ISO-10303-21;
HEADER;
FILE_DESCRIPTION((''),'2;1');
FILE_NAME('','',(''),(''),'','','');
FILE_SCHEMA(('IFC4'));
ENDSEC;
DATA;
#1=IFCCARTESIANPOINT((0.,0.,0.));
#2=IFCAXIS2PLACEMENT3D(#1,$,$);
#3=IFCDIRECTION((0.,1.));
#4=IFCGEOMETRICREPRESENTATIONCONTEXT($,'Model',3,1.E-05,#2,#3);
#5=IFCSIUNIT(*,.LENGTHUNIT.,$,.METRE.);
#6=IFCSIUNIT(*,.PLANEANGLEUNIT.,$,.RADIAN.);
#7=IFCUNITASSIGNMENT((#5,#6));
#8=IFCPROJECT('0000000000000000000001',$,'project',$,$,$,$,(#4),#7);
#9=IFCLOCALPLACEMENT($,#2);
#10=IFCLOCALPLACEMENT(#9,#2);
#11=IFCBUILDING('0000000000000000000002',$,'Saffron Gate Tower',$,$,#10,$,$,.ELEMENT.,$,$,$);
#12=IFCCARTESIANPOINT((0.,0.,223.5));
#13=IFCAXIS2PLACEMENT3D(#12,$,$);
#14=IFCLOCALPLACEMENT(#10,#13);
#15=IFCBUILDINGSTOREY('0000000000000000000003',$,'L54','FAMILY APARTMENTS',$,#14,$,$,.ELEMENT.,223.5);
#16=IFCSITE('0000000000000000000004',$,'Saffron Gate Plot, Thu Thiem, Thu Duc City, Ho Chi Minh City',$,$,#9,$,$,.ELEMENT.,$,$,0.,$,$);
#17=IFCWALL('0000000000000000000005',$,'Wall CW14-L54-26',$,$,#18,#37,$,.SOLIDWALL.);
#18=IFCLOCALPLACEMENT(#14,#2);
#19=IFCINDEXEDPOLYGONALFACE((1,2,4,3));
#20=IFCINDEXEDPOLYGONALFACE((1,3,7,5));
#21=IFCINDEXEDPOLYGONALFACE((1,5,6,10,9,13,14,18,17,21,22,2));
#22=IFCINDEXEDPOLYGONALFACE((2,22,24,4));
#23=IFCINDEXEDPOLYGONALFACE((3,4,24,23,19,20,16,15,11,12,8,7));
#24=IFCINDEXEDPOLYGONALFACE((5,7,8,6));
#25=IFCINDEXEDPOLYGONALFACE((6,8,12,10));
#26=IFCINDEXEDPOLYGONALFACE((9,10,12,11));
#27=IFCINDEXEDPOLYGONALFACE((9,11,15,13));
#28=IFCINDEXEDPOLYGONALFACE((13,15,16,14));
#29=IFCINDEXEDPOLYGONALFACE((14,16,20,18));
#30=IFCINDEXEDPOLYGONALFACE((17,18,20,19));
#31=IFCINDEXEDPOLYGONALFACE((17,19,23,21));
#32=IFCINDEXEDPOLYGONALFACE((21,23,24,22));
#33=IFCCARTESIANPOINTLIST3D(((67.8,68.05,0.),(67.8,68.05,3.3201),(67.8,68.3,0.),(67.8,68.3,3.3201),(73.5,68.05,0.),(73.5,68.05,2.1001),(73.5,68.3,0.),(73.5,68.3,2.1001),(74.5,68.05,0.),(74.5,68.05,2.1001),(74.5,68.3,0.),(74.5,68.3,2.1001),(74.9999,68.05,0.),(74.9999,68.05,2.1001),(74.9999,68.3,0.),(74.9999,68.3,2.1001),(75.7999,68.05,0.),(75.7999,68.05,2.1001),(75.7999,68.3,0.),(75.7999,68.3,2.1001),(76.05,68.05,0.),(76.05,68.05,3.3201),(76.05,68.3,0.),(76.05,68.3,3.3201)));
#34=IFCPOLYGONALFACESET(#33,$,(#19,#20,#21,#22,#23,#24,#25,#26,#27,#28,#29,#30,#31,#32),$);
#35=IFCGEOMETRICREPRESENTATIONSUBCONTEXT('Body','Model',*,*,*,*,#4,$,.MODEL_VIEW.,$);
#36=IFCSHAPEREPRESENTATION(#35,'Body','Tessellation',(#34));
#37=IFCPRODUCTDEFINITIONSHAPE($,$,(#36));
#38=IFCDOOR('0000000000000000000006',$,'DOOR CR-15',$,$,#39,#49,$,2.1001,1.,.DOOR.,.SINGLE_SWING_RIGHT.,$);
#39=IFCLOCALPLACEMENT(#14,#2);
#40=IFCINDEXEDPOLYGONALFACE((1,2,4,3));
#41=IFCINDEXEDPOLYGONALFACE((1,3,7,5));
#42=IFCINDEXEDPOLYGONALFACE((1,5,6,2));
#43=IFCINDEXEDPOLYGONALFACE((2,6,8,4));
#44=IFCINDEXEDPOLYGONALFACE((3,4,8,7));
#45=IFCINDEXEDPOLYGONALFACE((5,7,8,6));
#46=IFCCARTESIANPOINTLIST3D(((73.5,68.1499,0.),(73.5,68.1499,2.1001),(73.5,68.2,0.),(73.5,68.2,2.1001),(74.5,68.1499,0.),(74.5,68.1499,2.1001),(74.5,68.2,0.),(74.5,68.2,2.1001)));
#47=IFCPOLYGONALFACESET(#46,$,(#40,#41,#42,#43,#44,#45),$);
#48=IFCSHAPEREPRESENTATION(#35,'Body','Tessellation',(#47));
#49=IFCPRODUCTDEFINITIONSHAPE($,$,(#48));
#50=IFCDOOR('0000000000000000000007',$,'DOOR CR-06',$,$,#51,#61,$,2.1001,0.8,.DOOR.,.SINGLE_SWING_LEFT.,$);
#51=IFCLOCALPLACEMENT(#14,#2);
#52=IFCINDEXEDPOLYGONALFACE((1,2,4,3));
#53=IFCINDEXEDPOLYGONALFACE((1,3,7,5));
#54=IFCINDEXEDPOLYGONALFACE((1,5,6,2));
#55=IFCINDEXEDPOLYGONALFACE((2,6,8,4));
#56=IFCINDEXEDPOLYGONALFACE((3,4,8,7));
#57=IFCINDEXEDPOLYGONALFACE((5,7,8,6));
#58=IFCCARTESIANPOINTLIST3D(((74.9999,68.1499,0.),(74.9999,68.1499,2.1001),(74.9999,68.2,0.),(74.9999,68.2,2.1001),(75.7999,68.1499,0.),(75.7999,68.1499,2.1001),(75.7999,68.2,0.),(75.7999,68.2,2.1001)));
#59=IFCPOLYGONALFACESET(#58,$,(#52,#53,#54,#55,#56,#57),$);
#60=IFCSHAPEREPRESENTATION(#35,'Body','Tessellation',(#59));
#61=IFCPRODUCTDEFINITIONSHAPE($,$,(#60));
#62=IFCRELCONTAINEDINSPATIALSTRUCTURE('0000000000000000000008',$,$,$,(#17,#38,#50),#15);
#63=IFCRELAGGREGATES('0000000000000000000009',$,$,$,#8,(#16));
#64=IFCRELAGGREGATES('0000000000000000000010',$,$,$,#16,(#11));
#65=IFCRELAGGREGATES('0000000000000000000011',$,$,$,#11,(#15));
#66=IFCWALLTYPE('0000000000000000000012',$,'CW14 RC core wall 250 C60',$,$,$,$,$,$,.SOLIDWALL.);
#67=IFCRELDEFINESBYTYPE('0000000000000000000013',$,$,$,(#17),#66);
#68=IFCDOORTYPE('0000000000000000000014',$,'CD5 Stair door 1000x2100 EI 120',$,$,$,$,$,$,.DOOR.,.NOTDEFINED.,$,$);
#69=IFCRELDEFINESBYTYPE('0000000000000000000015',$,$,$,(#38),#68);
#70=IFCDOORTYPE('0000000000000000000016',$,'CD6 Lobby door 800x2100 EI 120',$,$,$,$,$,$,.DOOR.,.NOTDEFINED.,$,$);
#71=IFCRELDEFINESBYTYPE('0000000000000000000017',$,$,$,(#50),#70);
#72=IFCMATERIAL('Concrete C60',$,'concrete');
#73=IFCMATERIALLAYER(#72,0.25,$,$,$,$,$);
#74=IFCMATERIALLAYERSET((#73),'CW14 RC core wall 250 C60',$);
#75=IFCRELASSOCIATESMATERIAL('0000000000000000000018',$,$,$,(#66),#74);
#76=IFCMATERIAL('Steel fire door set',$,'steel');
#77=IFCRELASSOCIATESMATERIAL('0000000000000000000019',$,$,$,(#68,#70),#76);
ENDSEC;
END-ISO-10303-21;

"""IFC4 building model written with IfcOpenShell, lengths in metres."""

from ifc_helpers import new_model, si_unit, direction, frame, frame_2d, origin, place, context, subcontext, project, spatial, rectangle, extrude, material, layer, layer_set, type_object, element, fill, save


model = new_model("IFC4")

# Units and contexts
model_context = context("Model", 3, precision=1e-05, world=origin(), true_north=direction((0.0, 1.0)))
body_context = subcontext(model_context, "Body", "Model", "MODEL_VIEW")
ifc_project = project(units=[si_unit("LENGTHUNIT", "METRE"), si_unit("PLANEANGLEUNIT", "RADIAN")], contexts=[model_context])

# Site, building, storey
site_placement = place(None, origin())
site = spatial("IfcSite", under=ifc_project, at=site_placement, Name="Saffron Gate Plot, Thu Thiem, Thu Duc City, Ho Chi Minh City", CompositionType="ELEMENT", RefElevation=0.0)
building_placement = place(site_placement, origin())
building = spatial("IfcBuilding", under=site, at=building_placement, Name="Saffron Gate Tower", CompositionType="ELEMENT")
storey_placement = place(building_placement, frame((0.0, 0.0, 223.5)))
storey = spatial("IfcBuildingStorey", under=building, at=storey_placement, Name="L54", Description="FAMILY APARTMENTS", CompositionType="ELEMENT", Elevation=223.5)

# Wall, openings, doors
ifc_material_1 = material(Name="Concrete C60", Category="concrete")
ifc_layer_1 = layer(ifc_material_1, 0.25)
ifc_layer_set_1 = layer_set([ifc_layer_1], Name="CW14 RC core wall 250 C60")
wall_type_1 = type_object("IfcWallType", Name="CW14 RC core wall 250 C60", PredefinedType="SOLIDWALL", material=ifc_layer_set_1)
wall_1_placement = place(storey_placement, frame((67.8, 68.175, 0.0), z_axis=(0.0, 0.0, 1.0), x_axis=(1.0, 0.0, 0.0)))
wall_1 = element("IfcWall", 1, at=wall_1_placement, inside=storey, type_object=wall_type_1, Name="Wall CW14-L54-26", PredefinedType="SOLIDWALL", context=body_context, shape_type="SweptSolid", body=[
    extrude(rectangle(XDim=8.25, YDim=0.25, at=frame_2d((4.125, 0.0))), origin(), (0.0, 0.0, 1.0), 3.3201),
])
opening_1_placement = place(wall_1_placement, frame((5.7, 0.0, 0.0)))
opening_1 = element("IfcOpeningElement", 2, at=opening_1_placement, cuts=wall_1, PredefinedType="OPENING", context=body_context, shape_type="SweptSolid", body=[
    extrude(rectangle(XDim=1.0, YDim=2.1001, at=frame_2d((0.5, 1.05))), frame((0.0, 0.135, 0.0), z_axis=(0.0, -1.0, 0.0), x_axis=(1.0, 0.0, 0.0)), (0.0, 0.0, 1.0), 0.27),
])
opening_2_placement = place(wall_1_placement, frame((7.2, 0.0, 0.0)))
opening_2 = element("IfcOpeningElement", 3, at=opening_2_placement, cuts=wall_1, PredefinedType="OPENING", context=body_context, shape_type="SweptSolid", body=[
    extrude(rectangle(XDim=0.8, YDim=2.1001, at=frame_2d((0.3999, 1.05))), frame((0.0, 0.135, 0.0), z_axis=(0.0, -1.0, 0.0), x_axis=(1.0, 0.0, 0.0)), (0.0, 0.0, 1.0), 0.27),
])
ifc_material_2 = material(Name="Steel fire door set", Category="steel")
door_type_1 = type_object("IfcDoorType", Name="CD5 Stair door 1000x2100 EI 120", OperationType="NOTDEFINED", PredefinedType="DOOR", material=ifc_material_2)
door_1_placement = place(opening_1_placement, origin())
door_1 = element("IfcDoor", 4, at=door_1_placement, inside=storey, type_object=door_type_1, Name="DOOR CR-15", OperationType="SINGLE_SWING_RIGHT", OverallHeight=2.1001, OverallWidth=1.0, PredefinedType="DOOR", context=body_context, shape_type="SweptSolid", body=[
    extrude(rectangle(XDim=1.0, YDim=2.1001, at=frame_2d((0.5, 1.05))), frame((0.0, 0.0249, 0.0), z_axis=(0.0, -1.0, 0.0), x_axis=(1.0, 0.0, 0.0)), (0.0, 0.0, 1.0), 0.05),
])
fill(opening_1, door_1)
door_type_2 = type_object("IfcDoorType", Name="CD6 Lobby door 800x2100 EI 120", OperationType="NOTDEFINED", PredefinedType="DOOR", material=ifc_material_2)
door_2_placement = place(opening_2_placement, origin())
door_2 = element("IfcDoor", 5, at=door_2_placement, inside=storey, type_object=door_type_2, Name="DOOR CR-06", OperationType="SINGLE_SWING_LEFT", OverallHeight=2.1001, OverallWidth=0.8, PredefinedType="DOOR", context=body_context, shape_type="SweptSolid", body=[
    extrude(rectangle(XDim=0.8, YDim=2.1001, at=frame_2d((0.3999, 1.05))), frame((0.0, 0.0249, 0.0), z_axis=(0.0, -1.0, 0.0), x_axis=(1.0, 0.0, 0.0)), (0.0, 0.0, 1.0), 0.05),
])
fill(opening_2, door_2)

save(model, "model.ifc")
